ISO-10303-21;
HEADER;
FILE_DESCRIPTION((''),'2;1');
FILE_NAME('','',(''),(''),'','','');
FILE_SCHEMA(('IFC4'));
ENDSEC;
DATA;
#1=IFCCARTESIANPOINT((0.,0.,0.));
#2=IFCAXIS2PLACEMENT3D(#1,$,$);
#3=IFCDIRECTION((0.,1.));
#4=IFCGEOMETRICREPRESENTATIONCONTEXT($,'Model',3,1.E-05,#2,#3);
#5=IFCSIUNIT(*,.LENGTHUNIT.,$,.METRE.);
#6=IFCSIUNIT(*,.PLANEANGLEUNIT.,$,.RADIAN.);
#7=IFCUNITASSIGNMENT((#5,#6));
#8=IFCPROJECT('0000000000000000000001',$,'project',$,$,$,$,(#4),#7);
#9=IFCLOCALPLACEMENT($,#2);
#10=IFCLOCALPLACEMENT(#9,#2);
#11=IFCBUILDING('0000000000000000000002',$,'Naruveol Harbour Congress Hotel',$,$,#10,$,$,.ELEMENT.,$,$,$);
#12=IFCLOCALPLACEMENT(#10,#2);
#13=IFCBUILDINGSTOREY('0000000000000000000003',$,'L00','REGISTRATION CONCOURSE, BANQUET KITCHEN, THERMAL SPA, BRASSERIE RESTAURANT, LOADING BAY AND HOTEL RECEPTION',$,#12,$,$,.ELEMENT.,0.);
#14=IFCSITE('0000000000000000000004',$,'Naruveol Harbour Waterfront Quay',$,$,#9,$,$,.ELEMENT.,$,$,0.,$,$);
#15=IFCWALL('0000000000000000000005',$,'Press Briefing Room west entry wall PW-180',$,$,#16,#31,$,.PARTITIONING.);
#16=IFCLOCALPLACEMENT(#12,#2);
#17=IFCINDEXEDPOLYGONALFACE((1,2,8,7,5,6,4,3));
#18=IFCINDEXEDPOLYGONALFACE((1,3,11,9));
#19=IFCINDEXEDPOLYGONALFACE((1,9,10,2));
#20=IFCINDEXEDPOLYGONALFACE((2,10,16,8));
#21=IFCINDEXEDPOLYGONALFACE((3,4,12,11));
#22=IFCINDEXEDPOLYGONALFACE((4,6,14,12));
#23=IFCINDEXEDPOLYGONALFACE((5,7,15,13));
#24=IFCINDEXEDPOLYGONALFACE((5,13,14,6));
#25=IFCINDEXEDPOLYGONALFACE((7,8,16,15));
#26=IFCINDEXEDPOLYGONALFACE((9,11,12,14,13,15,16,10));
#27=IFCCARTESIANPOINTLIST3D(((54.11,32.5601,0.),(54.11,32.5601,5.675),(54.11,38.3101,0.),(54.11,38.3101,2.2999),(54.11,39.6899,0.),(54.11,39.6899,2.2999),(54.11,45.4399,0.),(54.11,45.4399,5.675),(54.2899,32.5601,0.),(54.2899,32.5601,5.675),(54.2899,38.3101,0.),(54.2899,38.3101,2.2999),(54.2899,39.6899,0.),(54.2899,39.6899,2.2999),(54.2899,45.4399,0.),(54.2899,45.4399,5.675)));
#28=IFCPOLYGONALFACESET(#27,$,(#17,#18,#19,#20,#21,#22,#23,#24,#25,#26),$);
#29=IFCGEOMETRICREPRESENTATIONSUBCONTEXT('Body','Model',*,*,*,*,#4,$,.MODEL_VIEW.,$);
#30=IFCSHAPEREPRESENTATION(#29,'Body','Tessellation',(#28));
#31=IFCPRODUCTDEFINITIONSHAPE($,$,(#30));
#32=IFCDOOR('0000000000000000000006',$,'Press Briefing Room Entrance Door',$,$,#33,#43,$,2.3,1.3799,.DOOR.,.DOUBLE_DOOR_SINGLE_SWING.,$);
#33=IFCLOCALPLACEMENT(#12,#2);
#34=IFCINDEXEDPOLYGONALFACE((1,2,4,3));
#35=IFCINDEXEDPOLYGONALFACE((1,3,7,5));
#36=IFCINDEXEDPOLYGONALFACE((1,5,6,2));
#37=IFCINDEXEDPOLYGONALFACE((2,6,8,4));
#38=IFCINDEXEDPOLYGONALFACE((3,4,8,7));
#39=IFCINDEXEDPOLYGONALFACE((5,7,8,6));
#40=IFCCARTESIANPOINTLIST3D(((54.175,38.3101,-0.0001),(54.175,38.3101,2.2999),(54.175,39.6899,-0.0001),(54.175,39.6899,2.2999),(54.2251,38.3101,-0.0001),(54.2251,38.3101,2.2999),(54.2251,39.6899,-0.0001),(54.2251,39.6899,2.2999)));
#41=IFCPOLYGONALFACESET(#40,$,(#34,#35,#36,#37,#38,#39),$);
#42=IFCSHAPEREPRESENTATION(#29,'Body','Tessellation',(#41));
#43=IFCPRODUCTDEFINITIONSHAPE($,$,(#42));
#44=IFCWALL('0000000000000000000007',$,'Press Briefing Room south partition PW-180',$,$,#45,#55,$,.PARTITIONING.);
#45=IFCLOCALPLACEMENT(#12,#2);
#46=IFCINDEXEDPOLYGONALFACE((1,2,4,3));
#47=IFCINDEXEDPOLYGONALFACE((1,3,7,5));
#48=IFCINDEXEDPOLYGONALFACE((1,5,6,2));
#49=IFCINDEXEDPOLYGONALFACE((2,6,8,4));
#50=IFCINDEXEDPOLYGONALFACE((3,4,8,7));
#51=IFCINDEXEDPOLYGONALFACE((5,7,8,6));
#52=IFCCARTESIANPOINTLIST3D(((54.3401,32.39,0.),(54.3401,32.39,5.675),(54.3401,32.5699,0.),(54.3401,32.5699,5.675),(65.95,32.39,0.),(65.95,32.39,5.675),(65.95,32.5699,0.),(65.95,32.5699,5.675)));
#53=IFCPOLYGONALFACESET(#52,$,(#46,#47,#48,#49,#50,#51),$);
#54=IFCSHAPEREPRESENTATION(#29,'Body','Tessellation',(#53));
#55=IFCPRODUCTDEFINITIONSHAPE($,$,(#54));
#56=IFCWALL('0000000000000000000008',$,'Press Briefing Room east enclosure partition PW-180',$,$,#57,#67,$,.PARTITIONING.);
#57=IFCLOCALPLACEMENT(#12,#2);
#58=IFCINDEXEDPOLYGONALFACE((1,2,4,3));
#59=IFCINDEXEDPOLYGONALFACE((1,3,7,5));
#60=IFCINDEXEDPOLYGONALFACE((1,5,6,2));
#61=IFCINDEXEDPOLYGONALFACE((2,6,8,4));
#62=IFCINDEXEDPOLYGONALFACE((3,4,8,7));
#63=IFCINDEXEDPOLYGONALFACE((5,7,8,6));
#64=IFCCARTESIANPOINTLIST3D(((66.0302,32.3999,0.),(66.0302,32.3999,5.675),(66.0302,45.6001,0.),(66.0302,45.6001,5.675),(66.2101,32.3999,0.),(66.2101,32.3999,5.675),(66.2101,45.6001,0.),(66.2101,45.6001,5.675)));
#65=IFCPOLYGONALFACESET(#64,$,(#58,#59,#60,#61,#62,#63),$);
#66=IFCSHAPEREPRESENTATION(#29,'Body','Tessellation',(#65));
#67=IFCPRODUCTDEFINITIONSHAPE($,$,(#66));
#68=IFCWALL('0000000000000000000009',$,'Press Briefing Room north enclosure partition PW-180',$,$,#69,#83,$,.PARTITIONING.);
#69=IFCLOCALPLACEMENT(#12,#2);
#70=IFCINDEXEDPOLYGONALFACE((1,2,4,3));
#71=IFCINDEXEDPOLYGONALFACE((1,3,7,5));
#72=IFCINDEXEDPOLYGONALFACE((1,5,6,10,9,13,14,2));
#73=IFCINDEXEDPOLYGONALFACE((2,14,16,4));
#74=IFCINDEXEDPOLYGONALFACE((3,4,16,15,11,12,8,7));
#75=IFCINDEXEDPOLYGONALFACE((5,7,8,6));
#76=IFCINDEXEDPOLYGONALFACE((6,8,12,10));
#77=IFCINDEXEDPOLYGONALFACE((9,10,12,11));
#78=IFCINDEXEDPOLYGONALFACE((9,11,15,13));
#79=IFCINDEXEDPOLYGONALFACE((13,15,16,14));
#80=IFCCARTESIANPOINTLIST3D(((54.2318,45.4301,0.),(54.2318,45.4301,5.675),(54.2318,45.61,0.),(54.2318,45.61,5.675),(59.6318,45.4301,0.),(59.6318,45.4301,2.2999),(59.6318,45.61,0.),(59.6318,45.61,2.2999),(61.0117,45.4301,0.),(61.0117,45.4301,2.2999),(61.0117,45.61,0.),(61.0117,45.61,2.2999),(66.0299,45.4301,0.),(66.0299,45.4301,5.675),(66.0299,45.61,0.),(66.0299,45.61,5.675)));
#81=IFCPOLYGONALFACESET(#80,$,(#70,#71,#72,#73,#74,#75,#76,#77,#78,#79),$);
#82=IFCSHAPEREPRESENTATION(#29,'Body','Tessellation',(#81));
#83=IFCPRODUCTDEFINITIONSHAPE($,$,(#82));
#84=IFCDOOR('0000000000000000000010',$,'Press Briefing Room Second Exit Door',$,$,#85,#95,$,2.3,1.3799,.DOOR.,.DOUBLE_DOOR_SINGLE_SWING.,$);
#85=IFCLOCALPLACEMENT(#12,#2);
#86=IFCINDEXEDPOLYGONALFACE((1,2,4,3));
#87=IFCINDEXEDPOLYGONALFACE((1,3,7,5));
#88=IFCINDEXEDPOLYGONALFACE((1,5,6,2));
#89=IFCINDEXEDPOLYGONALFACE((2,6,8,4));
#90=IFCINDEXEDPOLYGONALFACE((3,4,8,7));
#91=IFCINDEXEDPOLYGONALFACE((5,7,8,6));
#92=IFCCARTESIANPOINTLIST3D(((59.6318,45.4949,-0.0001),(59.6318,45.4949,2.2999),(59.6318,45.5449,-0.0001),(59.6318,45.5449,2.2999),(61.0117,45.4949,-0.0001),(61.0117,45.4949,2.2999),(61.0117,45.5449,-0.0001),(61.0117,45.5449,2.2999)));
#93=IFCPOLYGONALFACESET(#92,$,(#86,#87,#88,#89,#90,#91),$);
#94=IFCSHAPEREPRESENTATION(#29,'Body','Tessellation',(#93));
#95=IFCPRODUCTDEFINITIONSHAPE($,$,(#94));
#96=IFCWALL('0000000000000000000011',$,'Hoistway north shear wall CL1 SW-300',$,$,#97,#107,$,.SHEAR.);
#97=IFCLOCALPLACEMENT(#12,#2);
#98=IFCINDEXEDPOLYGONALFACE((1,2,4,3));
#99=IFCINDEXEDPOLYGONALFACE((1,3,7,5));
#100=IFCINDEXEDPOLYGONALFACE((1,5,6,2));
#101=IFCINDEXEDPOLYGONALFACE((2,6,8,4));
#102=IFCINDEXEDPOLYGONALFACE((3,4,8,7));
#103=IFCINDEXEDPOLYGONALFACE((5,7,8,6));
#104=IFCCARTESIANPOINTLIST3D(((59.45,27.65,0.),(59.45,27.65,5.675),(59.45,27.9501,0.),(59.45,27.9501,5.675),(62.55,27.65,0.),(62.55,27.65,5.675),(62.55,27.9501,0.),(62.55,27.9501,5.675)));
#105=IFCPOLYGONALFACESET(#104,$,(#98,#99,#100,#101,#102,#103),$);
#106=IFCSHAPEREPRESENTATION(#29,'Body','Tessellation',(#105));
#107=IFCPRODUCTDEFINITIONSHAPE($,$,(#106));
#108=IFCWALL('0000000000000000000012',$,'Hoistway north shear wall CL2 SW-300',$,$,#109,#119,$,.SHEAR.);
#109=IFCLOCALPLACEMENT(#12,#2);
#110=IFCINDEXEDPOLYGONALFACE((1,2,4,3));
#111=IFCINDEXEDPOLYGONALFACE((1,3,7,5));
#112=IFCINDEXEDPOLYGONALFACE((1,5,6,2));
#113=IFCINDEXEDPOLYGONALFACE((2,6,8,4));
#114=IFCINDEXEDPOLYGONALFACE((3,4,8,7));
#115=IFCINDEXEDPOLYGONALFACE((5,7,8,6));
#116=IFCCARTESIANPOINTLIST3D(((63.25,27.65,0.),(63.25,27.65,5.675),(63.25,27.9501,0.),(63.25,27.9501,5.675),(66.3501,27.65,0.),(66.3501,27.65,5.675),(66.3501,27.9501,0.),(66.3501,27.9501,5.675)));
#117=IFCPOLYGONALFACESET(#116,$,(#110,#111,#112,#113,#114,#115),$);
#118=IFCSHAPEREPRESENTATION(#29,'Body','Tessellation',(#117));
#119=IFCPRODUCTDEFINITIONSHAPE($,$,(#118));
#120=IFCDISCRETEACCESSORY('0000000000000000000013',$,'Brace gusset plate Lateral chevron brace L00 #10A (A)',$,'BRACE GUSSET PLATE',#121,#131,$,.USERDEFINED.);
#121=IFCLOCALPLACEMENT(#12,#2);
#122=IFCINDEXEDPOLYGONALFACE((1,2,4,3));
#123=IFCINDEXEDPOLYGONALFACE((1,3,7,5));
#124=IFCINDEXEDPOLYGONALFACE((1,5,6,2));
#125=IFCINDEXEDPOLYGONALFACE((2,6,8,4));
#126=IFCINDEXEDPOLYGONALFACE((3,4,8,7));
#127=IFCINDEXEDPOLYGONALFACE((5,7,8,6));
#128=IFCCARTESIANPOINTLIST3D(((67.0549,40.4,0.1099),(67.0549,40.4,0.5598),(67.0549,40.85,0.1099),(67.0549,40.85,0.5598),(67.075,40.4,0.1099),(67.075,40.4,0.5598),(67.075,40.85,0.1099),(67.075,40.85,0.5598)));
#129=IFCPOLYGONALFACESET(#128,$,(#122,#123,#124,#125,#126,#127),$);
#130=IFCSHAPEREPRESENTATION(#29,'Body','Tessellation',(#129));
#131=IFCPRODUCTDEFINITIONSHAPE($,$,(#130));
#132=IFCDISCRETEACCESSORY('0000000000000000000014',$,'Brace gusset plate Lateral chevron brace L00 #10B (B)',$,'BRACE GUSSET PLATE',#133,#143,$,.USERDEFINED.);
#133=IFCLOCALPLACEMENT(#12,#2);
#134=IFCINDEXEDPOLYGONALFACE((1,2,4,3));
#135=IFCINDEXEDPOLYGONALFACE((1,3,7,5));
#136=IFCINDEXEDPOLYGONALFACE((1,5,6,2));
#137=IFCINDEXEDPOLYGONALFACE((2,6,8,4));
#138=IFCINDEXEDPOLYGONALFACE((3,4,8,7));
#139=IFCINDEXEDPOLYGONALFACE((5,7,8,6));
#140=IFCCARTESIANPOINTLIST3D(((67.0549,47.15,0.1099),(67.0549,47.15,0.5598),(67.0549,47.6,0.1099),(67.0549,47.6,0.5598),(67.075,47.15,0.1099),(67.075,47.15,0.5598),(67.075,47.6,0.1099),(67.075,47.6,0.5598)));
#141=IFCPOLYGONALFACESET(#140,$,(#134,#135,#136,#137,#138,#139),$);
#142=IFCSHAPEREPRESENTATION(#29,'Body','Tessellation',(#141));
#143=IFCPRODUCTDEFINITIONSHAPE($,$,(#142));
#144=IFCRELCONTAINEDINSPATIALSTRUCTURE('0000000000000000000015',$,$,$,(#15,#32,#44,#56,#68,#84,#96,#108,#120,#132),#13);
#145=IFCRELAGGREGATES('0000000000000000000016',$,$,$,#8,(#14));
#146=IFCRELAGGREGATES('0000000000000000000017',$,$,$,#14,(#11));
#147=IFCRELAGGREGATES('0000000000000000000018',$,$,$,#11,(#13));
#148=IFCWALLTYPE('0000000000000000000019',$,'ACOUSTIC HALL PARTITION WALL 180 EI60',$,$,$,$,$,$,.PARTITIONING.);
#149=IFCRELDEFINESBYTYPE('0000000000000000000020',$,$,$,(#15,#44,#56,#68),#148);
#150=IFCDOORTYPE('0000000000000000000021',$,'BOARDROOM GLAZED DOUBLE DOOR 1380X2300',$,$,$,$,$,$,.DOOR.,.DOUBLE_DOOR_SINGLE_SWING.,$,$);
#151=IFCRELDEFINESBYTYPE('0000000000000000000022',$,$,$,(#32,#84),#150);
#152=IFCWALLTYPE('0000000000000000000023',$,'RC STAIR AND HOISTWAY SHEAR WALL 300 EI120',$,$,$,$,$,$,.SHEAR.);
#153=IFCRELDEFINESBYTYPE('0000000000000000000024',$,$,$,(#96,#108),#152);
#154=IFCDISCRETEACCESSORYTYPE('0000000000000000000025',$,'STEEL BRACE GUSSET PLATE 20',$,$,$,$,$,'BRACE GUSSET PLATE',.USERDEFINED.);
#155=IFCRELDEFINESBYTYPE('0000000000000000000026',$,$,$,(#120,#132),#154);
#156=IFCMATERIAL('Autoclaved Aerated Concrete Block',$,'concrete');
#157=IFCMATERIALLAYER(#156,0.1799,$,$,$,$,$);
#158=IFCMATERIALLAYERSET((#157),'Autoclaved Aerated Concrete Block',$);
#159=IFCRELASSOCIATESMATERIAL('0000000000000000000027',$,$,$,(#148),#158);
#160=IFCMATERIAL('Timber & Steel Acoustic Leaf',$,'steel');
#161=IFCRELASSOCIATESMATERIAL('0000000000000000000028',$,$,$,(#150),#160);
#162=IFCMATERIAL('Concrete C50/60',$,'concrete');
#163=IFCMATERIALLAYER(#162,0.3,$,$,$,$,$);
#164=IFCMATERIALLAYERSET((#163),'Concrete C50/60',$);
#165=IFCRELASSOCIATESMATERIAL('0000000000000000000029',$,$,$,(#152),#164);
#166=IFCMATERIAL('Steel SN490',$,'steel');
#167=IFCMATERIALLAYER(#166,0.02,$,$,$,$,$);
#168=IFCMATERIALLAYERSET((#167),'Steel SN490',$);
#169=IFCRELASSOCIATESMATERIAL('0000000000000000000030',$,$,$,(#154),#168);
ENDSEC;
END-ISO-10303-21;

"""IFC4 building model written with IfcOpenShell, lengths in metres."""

from ifc_helpers import new_model, si_unit, direction, frame, frame_2d, origin, origin_2d, place, context, subcontext, project, spatial, rectangle, extrude, material, layer, layer_set, type_object, element, fill, save


model = new_model("IFC4")

# Units and contexts
model_context = context("Model", 3, precision=1e-05, world=origin(), true_north=direction((0.0, 1.0)))
body_context = subcontext(model_context, "Body", "Model", "MODEL_VIEW")
ifc_project = project(units=[si_unit("LENGTHUNIT", "METRE"), si_unit("PLANEANGLEUNIT", "RADIAN")], contexts=[model_context])

# Site, building, storey
site_placement = place(None, origin())
site = spatial("IfcSite", under=ifc_project, at=site_placement, Name="Naruveol Harbour Waterfront Quay", CompositionType="ELEMENT", RefElevation=0.0)
building_placement = place(site_placement, origin())
building = spatial("IfcBuilding", under=site, at=building_placement, Name="Naruveol Harbour Congress Hotel", CompositionType="ELEMENT")
storey_placement = place(building_placement, origin())
storey = spatial("IfcBuildingStorey", under=building, at=storey_placement, Name="L00", Description="REGISTRATION CONCOURSE, BANQUET KITCHEN, THERMAL SPA, BRASSERIE RESTAURANT, LOADING BAY AND HOTEL RECEPTION", CompositionType="ELEMENT", Elevation=0.0)

# Wall, opening, door
ifc_material_1 = material(Name="Autoclaved Aerated Concrete Block", Category="concrete")
ifc_layer_1 = layer(ifc_material_1, 0.1799)
ifc_layer_set_1 = layer_set([ifc_layer_1], Name="Autoclaved Aerated Concrete Block")
wall_type_1 = type_object("IfcWallType", Name="ACOUSTIC HALL PARTITION WALL 180 EI60", PredefinedType="PARTITIONING", material=ifc_layer_set_1)
wall_1_placement = place(storey_placement, frame((54.2, 32.5601, 0.0), z_axis=(0.0, 0.0, 1.0), x_axis=(0.0, 1.0, 0.0)))
wall_1 = element("IfcWall", 1, at=wall_1_placement, inside=storey, type_object=wall_type_1, Name="Press Briefing Room west entry wall PW-180", PredefinedType="PARTITIONING", context=body_context, shape_type="SweptSolid", body=[
    extrude(rectangle(XDim=12.8799, YDim=0.1799, at=frame_2d((6.4399, 0.0))), origin(), (0.0, 0.0, 1.0), 5.675),
])
opening_1_placement = place(wall_1_placement, frame((5.75, 0.0, 0.0)))
opening_1 = element("IfcOpeningElement", 2, at=opening_1_placement, cuts=wall_1, PredefinedType="OPENING", context=body_context, shape_type="SweptSolid", body=[
    extrude(rectangle(XDim=1.3799, YDim=2.3, at=frame_2d((0.6899, 1.1499))), frame((0.0, 0.0999, 0.0), z_axis=(0.0, -1.0, 0.0), x_axis=(1.0, 0.0, 0.0)), (0.0, 0.0, 1.0), 0.2),
])
ifc_material_2 = material(Name="Timber & Steel Acoustic Leaf", Category="steel")
door_type = type_object("IfcDoorType", Name="BOARDROOM GLAZED DOUBLE DOOR 1380X2300", OperationType="DOUBLE_DOOR_SINGLE_SWING", PredefinedType="DOOR", material=ifc_material_2)
door_1_placement = place(opening_1_placement, origin())
door_1 = element("IfcDoor", 3, at=door_1_placement, inside=storey, type_object=door_type, Name="Press Briefing Room Entrance Door", OperationType="DOUBLE_DOOR_SINGLE_SWING", OverallHeight=2.3, OverallWidth=1.3799, PredefinedType="DOOR", context=body_context, shape_type="SweptSolid", body=[
    extrude(rectangle(XDim=1.3799, YDim=2.3, at=frame_2d((0.6899, 1.1499))), frame((0.0, 0.0249, 0.0), z_axis=(0.0, -1.0, 0.0), x_axis=(1.0, 0.0, 0.0)), (0.0, 0.0, 1.0), 0.05),
])
fill(opening_1, door_1)

# Walls
wall_2_placement = place(storey_placement, frame((54.3401, 32.48, 0.0), z_axis=(0.0, 0.0, 1.0), x_axis=(1.0, 0.0, 0.0)))
element("IfcWall", 4, at=wall_2_placement, inside=storey, type_object=wall_type_1, Name="Press Briefing Room south partition PW-180", PredefinedType="PARTITIONING", context=body_context, shape_type="SweptSolid", body=[
    extrude(rectangle(XDim=11.6099, YDim=0.1799, at=frame_2d((5.8049, 0.0))), origin(), (0.0, 0.0, 1.0), 5.675),
])
wall_3_placement = place(storey_placement, frame((66.1201, 32.3999, 0.0), z_axis=(0.0, 0.0, 1.0), x_axis=(0.0, 1.0, 0.0)))
element("IfcWall", 5, at=wall_3_placement, inside=storey, type_object=wall_type_1, Name="Press Briefing Room east enclosure partition PW-180", PredefinedType="PARTITIONING", context=body_context, shape_type="SweptSolid", body=[
    extrude(rectangle(XDim=13.2002, YDim=0.1799, at=frame_2d((6.6001, 0.0))), origin(), (0.0, 0.0, 1.0), 5.675),
])

# Wall, opening, door
wall_4_placement = place(storey_placement, frame((54.2319, 45.52, 0.0), z_axis=(0.0, 0.0, 1.0), x_axis=(1.0, 0.0, 0.0)))
wall_4 = element("IfcWall", 6, at=wall_4_placement, inside=storey, type_object=wall_type_1, Name="Press Briefing Room north enclosure partition PW-180", PredefinedType="PARTITIONING", context=body_context, shape_type="SweptSolid", body=[
    extrude(rectangle(XDim=11.7981, YDim=0.1799, at=frame_2d((5.8989, 0.0))), origin(), (0.0, 0.0, 1.0), 5.675),
])
opening_2_placement = place(wall_4_placement, frame((5.3999, 0.0, 0.0)))
opening_2 = element("IfcOpeningElement", 7, at=opening_2_placement, cuts=wall_4, PredefinedType="OPENING", context=body_context, shape_type="SweptSolid", body=[
    extrude(rectangle(XDim=1.3799, YDim=2.3, at=frame_2d((0.6899, 1.1499))), frame((0.0, 0.0999, 0.0), z_axis=(0.0, -1.0, 0.0), x_axis=(1.0, 0.0, 0.0)), (0.0, 0.0, 1.0), 0.2),
])
door_2_placement = place(opening_2_placement, origin())
door_2 = element("IfcDoor", 8, at=door_2_placement, inside=storey, type_object=door_type, Name="Press Briefing Room Second Exit Door", OperationType="DOUBLE_DOOR_SINGLE_SWING", OverallHeight=2.3, OverallWidth=1.3799, PredefinedType="DOOR", context=body_context, shape_type="SweptSolid", body=[
    extrude(rectangle(XDim=1.3799, YDim=2.3, at=frame_2d((0.6899, 1.1499))), frame((0.0, 0.0249, 0.0), z_axis=(0.0, -1.0, 0.0), x_axis=(1.0, 0.0, 0.0)), (0.0, 0.0, 1.0), 0.05),
])
fill(opening_2, door_2)

# Walls
ifc_material_3 = material(Name="Concrete C50/60", Category="concrete")
ifc_layer_2 = layer(ifc_material_3, 0.3)
ifc_layer_set_2 = layer_set([ifc_layer_2], Name="Concrete C50/60")
wall_type_2 = type_object("IfcWallType", Name="RC STAIR AND HOISTWAY SHEAR WALL 300 EI120", PredefinedType="SHEAR", material=ifc_layer_set_2)
for number, where, z_axis, x_axis, name in (
    (9, (62.55, 27.8, 0.0), (0.0, 0.0, 1.0), (-1.0, 0.0, 0.0), "Hoistway north shear wall CL1 SW-300"),
    (10, (66.3501, 27.8, 0.0), (0.0, 0.0, 1.0), (-1.0, 0.0, 0.0), "Hoistway north shear wall CL2 SW-300"),
):
    element("IfcWall", number, at=place(storey_placement, frame(where, z_axis=z_axis, x_axis=x_axis)), inside=storey, type_object=wall_type_2, Name=name, PredefinedType="SHEAR", context=body_context, shape_type="SweptSolid", body=[
        extrude(rectangle(XDim=3.1001, YDim=0.3, at=frame_2d((1.55, 0.0))), origin(), (0.0, 0.0, 1.0), 5.675),
    ])

# Discrete accessories
ifc_material_4 = material(Name="Steel SN490", Category="steel")
ifc_layer_3 = layer(ifc_material_4, 0.02)
ifc_layer_set_3 = layer_set([ifc_layer_3], Name="Steel SN490")
discrete_accessory_type = type_object("IfcDiscreteAccessoryType", Name="STEEL BRACE GUSSET PLATE 20", ElementType="BRACE GUSSET PLATE", PredefinedType="USERDEFINED", material=ifc_layer_set_3)
for number, where, z_axis, x_axis, name in (
    (11, (67.0649, 40.625, 0.1099), (0.0, 0.0, 1.0), (0.0, 1.0, 0.0), "Brace gusset plate Lateral chevron brace L00 #10A (A)"),
    (12, (67.0649, 47.375, 0.1099), (0.0, 0.0, 1.0), (0.0, -1.0, 0.0), "Brace gusset plate Lateral chevron brace L00 #10B (B)"),
):
    element("IfcDiscreteAccessory", number, at=place(storey_placement, frame(where, z_axis=z_axis, x_axis=x_axis)), inside=storey, type_object=discrete_accessory_type, Name=name, ObjectType="BRACE GUSSET PLATE", PredefinedType="USERDEFINED", context=body_context, shape_type="SweptSolid", body=[
        extrude(rectangle(XDim=0.45, YDim=0.02, at=origin_2d()), origin(), (0.0, 0.0, 1.0), 0.45),
    ])

save(model, "model.ifc")
